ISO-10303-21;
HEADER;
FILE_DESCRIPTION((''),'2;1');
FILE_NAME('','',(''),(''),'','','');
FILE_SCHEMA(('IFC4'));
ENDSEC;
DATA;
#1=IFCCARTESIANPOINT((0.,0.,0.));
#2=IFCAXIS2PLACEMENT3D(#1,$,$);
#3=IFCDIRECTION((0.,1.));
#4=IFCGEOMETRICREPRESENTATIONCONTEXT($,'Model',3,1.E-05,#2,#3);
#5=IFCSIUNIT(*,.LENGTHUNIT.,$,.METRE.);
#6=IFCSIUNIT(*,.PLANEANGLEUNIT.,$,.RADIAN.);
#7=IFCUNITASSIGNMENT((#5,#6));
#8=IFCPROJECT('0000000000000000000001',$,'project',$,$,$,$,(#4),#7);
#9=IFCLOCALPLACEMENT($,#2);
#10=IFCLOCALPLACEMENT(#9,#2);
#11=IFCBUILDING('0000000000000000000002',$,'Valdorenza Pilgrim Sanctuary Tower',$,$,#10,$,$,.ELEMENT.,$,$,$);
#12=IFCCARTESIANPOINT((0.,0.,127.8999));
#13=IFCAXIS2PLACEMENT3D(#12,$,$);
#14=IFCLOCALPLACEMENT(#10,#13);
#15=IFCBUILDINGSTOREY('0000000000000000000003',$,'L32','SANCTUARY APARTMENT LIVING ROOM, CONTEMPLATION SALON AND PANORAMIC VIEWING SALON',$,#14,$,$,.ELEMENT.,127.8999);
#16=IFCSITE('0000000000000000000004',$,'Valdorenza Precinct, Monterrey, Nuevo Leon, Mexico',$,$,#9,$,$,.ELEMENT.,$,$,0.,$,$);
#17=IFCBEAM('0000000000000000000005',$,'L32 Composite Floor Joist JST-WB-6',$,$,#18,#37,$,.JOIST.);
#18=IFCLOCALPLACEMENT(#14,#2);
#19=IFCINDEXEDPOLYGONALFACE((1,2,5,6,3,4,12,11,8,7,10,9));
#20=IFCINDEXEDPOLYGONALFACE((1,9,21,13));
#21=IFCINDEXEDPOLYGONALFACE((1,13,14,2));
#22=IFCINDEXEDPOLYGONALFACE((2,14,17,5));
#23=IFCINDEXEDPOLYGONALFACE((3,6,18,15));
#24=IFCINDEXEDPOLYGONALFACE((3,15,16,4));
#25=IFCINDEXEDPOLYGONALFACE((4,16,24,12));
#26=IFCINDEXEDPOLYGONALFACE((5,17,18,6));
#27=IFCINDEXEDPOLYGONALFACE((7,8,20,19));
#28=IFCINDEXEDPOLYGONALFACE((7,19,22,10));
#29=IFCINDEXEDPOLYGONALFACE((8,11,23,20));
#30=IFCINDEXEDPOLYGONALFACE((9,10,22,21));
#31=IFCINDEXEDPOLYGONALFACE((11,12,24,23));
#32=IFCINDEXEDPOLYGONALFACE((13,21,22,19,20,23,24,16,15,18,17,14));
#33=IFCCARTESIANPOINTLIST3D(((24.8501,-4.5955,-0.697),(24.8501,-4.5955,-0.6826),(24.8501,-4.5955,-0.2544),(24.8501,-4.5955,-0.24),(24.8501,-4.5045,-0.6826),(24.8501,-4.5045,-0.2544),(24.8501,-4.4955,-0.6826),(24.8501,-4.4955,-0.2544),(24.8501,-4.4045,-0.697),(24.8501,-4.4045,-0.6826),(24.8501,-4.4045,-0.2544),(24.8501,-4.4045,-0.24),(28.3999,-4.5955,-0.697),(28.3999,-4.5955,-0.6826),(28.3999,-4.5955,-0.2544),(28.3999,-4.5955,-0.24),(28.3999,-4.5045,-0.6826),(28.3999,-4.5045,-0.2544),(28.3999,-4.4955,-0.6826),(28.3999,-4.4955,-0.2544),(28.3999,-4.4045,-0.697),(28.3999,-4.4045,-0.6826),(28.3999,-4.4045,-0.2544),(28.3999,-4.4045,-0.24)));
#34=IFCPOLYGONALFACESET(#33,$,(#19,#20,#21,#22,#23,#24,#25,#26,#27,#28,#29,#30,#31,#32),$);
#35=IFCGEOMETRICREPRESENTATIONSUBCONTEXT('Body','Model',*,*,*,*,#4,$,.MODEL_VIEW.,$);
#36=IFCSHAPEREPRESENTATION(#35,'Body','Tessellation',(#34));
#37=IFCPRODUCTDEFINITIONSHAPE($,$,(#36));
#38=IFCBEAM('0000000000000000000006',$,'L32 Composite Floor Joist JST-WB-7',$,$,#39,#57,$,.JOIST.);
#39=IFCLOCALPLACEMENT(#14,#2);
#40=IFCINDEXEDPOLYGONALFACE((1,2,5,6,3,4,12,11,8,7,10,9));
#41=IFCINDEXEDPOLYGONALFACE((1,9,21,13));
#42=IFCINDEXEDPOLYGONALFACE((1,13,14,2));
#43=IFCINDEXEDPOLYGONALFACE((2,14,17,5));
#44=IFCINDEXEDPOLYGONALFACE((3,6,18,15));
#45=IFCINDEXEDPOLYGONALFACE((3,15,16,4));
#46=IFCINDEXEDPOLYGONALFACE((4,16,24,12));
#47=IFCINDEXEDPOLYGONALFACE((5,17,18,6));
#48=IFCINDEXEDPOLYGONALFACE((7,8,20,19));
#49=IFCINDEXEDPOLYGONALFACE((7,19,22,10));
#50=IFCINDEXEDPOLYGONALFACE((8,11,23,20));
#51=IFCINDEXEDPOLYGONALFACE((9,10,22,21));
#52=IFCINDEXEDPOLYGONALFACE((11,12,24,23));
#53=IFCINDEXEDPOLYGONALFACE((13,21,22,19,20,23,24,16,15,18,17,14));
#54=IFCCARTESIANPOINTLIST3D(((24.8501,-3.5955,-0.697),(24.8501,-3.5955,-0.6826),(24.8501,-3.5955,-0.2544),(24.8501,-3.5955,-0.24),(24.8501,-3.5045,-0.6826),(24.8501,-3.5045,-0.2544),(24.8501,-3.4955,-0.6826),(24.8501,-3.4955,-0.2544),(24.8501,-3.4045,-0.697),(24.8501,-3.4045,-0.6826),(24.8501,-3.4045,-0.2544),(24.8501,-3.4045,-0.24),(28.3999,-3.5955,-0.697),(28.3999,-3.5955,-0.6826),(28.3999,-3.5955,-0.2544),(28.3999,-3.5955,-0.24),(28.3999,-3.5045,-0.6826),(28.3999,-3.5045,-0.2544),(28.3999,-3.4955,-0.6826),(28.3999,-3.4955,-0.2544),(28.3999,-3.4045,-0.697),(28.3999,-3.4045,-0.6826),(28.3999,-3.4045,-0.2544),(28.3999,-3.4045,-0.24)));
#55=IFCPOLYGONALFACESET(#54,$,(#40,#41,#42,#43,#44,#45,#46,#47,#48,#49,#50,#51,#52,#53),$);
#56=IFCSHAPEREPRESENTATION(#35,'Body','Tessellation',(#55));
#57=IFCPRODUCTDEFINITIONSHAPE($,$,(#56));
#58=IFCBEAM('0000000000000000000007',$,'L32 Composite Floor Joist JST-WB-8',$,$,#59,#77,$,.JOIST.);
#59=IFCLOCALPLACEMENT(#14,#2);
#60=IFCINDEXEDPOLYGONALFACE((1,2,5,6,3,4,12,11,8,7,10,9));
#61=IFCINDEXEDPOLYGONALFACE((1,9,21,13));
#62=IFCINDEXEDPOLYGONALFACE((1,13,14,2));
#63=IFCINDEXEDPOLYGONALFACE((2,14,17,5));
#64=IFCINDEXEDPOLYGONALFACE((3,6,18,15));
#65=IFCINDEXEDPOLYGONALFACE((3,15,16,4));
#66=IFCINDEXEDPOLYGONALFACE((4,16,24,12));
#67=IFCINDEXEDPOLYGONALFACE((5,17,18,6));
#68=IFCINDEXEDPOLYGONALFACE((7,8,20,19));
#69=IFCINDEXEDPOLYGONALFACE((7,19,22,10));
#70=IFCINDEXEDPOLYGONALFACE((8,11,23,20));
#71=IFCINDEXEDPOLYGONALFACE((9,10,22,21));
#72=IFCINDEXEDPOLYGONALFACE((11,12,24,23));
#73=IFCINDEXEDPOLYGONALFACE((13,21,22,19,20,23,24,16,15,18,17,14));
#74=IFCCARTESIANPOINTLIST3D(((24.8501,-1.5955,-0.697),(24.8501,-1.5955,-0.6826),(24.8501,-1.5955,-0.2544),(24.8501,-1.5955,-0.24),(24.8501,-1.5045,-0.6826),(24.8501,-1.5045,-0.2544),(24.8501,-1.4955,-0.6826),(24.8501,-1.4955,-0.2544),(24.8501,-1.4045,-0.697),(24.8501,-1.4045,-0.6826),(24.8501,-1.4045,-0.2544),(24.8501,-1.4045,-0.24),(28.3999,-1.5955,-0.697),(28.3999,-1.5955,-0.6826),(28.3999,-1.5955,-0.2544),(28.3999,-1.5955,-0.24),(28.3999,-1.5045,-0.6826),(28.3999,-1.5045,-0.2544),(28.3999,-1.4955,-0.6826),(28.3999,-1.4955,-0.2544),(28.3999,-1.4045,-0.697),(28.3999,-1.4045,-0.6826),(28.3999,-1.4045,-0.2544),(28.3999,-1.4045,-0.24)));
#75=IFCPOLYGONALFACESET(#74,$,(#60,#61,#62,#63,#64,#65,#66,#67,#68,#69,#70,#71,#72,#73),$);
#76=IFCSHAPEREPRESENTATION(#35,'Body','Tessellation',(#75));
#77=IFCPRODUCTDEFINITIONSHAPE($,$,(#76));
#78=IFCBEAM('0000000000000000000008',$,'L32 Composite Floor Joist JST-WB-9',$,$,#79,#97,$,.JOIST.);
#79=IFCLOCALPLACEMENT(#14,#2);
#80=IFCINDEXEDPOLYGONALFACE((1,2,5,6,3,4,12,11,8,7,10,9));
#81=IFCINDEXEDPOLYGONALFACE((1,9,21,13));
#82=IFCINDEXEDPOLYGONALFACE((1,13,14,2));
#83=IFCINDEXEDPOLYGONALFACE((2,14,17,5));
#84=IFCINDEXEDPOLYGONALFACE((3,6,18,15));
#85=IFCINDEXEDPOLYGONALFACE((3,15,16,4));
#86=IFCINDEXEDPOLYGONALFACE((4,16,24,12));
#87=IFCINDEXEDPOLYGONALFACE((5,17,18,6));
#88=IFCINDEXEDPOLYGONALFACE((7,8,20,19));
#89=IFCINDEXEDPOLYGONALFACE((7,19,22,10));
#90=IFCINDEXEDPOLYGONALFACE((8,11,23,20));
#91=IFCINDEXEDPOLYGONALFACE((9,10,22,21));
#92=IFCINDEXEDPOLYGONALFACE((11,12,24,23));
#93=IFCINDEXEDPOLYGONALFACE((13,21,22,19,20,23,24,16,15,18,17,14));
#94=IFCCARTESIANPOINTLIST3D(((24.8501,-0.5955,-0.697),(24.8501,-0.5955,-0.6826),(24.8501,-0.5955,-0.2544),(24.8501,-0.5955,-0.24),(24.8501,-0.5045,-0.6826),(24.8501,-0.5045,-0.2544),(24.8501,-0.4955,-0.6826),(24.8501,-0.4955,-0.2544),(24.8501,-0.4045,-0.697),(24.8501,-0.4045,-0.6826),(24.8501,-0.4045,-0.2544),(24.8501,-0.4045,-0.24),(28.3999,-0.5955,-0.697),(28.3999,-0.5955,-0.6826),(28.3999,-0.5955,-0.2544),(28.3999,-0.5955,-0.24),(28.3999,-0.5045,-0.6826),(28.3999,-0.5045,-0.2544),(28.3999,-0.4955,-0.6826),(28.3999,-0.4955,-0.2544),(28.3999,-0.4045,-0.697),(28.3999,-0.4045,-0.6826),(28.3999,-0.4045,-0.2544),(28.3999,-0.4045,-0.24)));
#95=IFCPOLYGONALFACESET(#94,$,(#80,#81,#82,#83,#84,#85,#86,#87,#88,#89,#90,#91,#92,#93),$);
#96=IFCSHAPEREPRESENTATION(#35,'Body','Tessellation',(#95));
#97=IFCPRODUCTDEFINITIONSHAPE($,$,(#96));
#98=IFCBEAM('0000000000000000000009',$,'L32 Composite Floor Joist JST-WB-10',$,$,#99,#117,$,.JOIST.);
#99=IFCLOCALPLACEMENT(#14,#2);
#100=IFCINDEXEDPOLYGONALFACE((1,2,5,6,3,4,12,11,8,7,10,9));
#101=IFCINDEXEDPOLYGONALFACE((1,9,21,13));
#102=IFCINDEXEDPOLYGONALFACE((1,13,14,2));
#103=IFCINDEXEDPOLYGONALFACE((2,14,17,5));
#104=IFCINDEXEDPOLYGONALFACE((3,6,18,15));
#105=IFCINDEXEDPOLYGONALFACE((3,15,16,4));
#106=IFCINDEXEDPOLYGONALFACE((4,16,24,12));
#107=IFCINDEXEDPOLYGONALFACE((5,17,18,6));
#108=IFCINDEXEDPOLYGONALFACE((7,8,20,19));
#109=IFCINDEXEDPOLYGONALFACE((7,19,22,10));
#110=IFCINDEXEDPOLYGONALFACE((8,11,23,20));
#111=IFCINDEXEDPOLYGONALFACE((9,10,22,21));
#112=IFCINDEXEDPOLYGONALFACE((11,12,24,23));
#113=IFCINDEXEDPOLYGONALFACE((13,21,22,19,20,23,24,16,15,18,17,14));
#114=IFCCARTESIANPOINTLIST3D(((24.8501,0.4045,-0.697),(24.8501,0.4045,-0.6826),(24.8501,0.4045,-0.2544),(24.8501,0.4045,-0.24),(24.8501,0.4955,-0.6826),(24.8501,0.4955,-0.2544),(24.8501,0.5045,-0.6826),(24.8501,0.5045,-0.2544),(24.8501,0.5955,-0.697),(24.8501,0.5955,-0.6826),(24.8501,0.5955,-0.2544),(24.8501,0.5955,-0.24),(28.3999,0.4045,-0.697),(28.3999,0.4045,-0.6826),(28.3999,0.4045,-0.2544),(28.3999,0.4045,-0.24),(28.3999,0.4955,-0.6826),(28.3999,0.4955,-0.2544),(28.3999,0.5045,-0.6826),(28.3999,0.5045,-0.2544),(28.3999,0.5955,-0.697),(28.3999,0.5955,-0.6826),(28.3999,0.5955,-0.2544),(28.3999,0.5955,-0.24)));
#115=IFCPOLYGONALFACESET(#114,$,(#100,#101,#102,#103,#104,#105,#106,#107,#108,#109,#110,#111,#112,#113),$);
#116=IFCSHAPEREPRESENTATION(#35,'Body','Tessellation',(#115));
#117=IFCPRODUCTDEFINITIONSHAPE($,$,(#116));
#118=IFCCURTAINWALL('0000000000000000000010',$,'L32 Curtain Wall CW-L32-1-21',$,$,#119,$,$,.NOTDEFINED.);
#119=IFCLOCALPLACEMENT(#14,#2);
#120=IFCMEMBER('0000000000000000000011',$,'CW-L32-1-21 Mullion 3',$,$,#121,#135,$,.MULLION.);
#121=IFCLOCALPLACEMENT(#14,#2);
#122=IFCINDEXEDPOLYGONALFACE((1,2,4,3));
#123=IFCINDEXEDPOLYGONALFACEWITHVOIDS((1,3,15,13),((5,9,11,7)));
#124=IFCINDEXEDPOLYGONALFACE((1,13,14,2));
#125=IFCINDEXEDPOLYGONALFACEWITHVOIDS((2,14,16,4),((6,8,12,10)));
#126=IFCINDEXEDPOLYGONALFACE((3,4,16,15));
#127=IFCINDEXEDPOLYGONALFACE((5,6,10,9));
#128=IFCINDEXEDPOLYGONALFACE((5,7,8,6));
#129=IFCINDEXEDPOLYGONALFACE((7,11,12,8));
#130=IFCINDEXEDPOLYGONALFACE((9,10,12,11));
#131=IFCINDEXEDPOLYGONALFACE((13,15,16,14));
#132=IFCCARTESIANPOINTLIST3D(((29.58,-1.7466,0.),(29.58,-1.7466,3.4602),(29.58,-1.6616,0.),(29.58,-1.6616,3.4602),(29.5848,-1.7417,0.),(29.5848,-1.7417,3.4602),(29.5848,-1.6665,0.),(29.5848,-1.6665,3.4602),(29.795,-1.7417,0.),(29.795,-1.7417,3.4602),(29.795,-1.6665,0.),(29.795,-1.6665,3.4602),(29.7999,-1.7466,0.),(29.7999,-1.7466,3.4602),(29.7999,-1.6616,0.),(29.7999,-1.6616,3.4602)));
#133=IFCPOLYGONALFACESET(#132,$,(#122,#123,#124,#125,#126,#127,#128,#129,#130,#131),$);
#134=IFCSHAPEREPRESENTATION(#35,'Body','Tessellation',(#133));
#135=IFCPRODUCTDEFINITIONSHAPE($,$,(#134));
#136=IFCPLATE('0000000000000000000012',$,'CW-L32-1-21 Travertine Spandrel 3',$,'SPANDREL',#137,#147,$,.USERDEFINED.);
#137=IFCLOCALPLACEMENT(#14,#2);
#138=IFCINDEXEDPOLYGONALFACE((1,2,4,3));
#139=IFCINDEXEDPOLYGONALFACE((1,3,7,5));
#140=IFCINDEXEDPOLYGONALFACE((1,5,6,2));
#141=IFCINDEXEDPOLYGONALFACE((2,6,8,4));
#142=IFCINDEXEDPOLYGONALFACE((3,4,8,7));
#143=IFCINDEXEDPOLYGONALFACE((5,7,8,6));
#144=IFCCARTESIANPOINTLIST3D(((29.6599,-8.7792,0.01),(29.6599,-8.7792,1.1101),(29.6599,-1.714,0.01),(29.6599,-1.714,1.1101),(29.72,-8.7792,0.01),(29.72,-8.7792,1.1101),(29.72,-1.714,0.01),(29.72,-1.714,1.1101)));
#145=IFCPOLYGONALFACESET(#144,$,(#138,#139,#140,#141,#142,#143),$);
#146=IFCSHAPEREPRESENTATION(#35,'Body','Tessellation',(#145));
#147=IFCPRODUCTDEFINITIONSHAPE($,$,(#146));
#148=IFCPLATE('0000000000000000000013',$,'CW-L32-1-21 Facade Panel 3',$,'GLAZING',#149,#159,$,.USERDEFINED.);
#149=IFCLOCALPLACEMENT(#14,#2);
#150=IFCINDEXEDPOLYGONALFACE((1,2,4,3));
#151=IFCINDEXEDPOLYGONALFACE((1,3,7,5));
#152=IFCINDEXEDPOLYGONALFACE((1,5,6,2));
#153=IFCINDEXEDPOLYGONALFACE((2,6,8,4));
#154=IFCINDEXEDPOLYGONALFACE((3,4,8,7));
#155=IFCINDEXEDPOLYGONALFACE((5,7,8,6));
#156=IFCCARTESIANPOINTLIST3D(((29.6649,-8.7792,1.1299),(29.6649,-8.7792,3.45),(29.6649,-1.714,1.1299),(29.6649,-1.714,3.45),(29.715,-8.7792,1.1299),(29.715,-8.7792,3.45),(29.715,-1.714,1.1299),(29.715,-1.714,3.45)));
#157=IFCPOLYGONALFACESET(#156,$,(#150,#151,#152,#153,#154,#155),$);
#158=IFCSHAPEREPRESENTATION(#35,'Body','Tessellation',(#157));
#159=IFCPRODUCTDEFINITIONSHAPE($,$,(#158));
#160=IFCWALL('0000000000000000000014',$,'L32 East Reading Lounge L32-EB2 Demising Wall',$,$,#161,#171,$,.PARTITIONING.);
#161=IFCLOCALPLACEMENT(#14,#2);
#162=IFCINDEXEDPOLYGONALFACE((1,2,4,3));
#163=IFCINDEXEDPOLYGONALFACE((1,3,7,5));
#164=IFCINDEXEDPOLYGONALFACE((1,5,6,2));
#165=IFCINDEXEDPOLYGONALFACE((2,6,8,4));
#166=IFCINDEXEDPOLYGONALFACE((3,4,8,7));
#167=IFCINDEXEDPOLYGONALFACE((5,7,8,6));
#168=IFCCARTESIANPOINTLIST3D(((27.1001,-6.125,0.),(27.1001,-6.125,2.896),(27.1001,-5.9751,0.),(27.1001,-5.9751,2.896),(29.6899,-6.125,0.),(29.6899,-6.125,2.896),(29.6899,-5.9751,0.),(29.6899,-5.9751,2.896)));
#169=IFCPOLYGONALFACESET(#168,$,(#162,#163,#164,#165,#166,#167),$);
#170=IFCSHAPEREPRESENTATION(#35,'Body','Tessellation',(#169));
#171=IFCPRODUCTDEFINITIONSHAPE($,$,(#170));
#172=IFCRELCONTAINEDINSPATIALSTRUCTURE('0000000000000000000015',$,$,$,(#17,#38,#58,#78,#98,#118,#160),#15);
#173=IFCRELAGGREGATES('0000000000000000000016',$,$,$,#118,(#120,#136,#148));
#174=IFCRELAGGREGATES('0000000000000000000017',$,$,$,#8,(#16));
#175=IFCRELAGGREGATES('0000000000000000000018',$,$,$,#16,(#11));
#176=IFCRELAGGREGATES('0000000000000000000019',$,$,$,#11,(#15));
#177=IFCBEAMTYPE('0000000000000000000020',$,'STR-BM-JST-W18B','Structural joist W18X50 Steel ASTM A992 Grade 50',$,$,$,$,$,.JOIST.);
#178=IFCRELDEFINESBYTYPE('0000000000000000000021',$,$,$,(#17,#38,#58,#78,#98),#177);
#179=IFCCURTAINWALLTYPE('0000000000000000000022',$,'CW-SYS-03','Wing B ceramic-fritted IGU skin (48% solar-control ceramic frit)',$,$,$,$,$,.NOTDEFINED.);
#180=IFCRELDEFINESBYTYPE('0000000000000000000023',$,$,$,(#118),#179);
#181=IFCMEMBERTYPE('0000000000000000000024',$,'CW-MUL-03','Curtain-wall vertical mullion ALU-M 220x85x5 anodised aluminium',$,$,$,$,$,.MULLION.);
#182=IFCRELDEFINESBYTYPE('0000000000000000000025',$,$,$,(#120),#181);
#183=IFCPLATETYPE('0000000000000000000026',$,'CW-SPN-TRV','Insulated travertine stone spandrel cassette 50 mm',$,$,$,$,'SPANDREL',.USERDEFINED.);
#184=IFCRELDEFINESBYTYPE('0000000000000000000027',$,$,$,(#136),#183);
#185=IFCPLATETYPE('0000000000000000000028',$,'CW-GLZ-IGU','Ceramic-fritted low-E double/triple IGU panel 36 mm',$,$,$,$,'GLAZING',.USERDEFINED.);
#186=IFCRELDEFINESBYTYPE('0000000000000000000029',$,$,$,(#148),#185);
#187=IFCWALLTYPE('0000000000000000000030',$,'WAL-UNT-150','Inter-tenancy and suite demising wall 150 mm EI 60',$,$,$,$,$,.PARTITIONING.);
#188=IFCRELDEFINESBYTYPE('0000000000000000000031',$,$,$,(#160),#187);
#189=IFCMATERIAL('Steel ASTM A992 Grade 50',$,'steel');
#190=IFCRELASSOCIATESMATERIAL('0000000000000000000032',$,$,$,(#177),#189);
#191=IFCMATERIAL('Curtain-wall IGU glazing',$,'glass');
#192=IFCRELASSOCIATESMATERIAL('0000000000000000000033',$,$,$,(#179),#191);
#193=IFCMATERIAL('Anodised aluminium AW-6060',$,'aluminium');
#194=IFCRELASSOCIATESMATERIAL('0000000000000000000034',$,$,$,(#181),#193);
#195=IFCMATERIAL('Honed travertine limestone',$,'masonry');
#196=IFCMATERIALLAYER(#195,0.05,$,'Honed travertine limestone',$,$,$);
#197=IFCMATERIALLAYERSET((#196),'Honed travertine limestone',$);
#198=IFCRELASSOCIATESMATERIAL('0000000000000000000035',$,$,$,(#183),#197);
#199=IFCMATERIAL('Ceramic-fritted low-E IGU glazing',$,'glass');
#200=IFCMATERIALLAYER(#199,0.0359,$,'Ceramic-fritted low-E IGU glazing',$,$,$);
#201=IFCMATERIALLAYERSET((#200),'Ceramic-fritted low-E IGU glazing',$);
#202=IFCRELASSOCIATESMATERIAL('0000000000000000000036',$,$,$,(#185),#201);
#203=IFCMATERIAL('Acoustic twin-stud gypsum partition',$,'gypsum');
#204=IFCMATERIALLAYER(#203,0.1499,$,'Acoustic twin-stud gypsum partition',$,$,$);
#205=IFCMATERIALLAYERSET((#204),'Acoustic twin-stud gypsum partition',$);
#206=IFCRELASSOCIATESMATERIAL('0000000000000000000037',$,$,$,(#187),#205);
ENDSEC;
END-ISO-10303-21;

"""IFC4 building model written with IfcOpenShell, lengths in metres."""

from ifc_helpers import new_model, si_unit, direction, frame, frame_2d, origin, origin_2d, place, context, subcontext, project, spatial, rectangle, hollow_rectangle, i_section, extrude, source, transform, mapped, material, layer, layer_set, material_profile, profile_set, type_object, element, aggregate, save


model = new_model("IFC4")

# Units and contexts
model_context = context("Model", 3, precision=1e-05, world=origin(), true_north=direction((0.0, 1.0)))
body_context = subcontext(model_context, "Body", "Model", "MODEL_VIEW")
ifc_project = project(units=[si_unit("LENGTHUNIT", "METRE"), si_unit("PLANEANGLEUNIT", "RADIAN")], contexts=[model_context])

# Site, building, storey
site_placement = place(None, origin())
site = spatial("IfcSite", under=ifc_project, at=site_placement, Name="Valdorenza Precinct, Monterrey, Nuevo Leon, Mexico", CompositionType="ELEMENT", RefElevation=0.0)
building_placement = place(site_placement, origin())
building = spatial("IfcBuilding", under=site, at=building_placement, Name="Valdorenza Pilgrim Sanctuary Tower", CompositionType="ELEMENT")
storey_placement = place(building_placement, frame((0.0, 0.0, 127.8999)))
storey = spatial("IfcBuildingStorey", under=building, at=storey_placement, Name="L32", Description="SANCTUARY APARTMENT LIVING ROOM, CONTEMPLATION SALON AND PANORAMIC VIEWING SALON", CompositionType="ELEMENT", Elevation=127.8999)

# Shared definitions
ifc_material_1 = material(Name="Steel ASTM A992 Grade 50", Category="steel")

# Beams
ifc_material_profile_1 = material_profile(ifc_material_1, i_section(OverallWidth=0.1909, OverallDepth=0.457, WebThickness=0.009, FlangeThickness=0.0144, at=origin_2d()), Name="W18X50")
ifc_profile_set_1 = profile_set([ifc_material_profile_1], Name="Steel ASTM A992 Grade 50")
beam_type_1 = type_object("IfcBeamType", Name="STR-BM-JST-W18B", Description="Structural joist W18X50 Steel ASTM A992 Grade 50", PredefinedType="JOIST", material=ifc_profile_set_1)
shared_shape_1 = source(origin(), body_context, "Body", "SweptSolid", [
    extrude(i_section(OverallWidth=0.1909, OverallDepth=0.457, WebThickness=0.009, FlangeThickness=0.0144, at=origin_2d()), origin(), (0.0, 0.0, 1.0), 3.5498),
])
for number, where, z_axis, x_axis, name in (
    (1, (24.8501, -4.5, -0.4685), (1.0, 0.0, 0.0), (0.0, 1.0, 0.0), "L32 Composite Floor Joist JST-WB-6"),
    (2, (24.8501, -3.5, -0.4685), (1.0, 0.0, 0.0), (0.0, 1.0, 0.0), "L32 Composite Floor Joist JST-WB-7"),
    (3, (24.8501, -1.5, -0.4685), (1.0, 0.0, 0.0), (0.0, 1.0, 0.0), "L32 Composite Floor Joist JST-WB-8"),
    (4, (24.8501, -0.5, -0.4685), (1.0, 0.0, 0.0), (0.0, 1.0, 0.0), "L32 Composite Floor Joist JST-WB-9"),
    (5, (24.8501, 0.5, -0.4685), (1.0, 0.0, 0.0), (0.0, 1.0, 0.0), "L32 Composite Floor Joist JST-WB-10"),
):
    element("IfcBeam", number, at=place(storey_placement, frame(where, z_axis=z_axis, x_axis=x_axis)), inside=storey, type_object=beam_type_1, Name=name, PredefinedType="JOIST", context=body_context, shape_type="MappedRepresentation", body=[
        mapped(shared_shape_1, transform((0.0, 0.0, 0.0), x_axis=(1.0, 0.0, 0.0), y_axis=(0.0, 1.0, 0.0), z_axis=(0.0, 0.0, 1.0), scale=1.0)),
    ])

# Curtain wall, member, plates
ifc_material_2 = material(Name="Curtain-wall IGU glazing", Category="glass")
curtain_wall_type = type_object("IfcCurtainWallType", Name="CW-SYS-03", Description="Wing B ceramic-fritted IGU skin (48% solar-control ceramic frit)", PredefinedType="NOTDEFINED", material=ifc_material_2)
curtain_wall_placement = place(storey_placement, origin())
curtain_wall = element("IfcCurtainWall", 6, at=curtain_wall_placement, inside=storey, type_object=curtain_wall_type, Name="L32 Curtain Wall CW-L32-1-21", PredefinedType="NOTDEFINED")
ifc_material_3 = material(Name="Anodised aluminium AW-6060", Category="aluminium")
ifc_material_profile_2 = material_profile(ifc_material_3, hollow_rectangle(XDim=0.085, YDim=0.22, WallThickness=0.0049, at=origin_2d()), Name="ALU-M 220x85x5")
ifc_profile_set_2 = profile_set([ifc_material_profile_2], Name="Anodised aluminium AW-6060")
member_type = type_object("IfcMemberType", Name="CW-MUL-03", Description="Curtain-wall vertical mullion ALU-M 220x85x5 anodised aluminium", PredefinedType="MULLION", material=ifc_profile_set_2)
shared_shape_2 = source(origin(), body_context, "Body", "SweptSolid", [
    extrude(hollow_rectangle(XDim=0.085, YDim=0.22, WallThickness=0.0049, at=origin_2d()), origin(), (0.0, 0.0, 1.0), 3.4602),
])
member_placement = place(storey_placement, frame((29.6899, -1.7041, 0.0), z_axis=(0.0, 0.0, 1.0), x_axis=(0.0, -1.0, 0.0)))
member = element("IfcMember", 7, at=member_placement, type_object=member_type, Name="CW-L32-1-21 Mullion 3", PredefinedType="MULLION", context=body_context, shape_type="MappedRepresentation", body=[
    mapped(shared_shape_2, transform((0.0, 0.0, 0.0), x_axis=(1.0, 0.0, 0.0), y_axis=(0.0, 1.0, 0.0), z_axis=(0.0, 0.0, 1.0), scale=1.0)),
])
ifc_material_4 = material(Name="Honed travertine limestone", Category="masonry")
ifc_layer_1 = layer(ifc_material_4, 0.05, Name="Honed travertine limestone")
ifc_layer_set_1 = layer_set([ifc_layer_1], Name="Honed travertine limestone")
plate_type_1 = type_object("IfcPlateType", Name="CW-SPN-TRV", Description="Insulated travertine stone spandrel cassette 50 mm", ElementType="SPANDREL", PredefinedType="USERDEFINED", material=ifc_layer_set_1)
shared_shape_3 = source(origin(), body_context, "Body", "SweptSolid", [
    extrude(rectangle(XDim=7.0652, YDim=0.0601, at=origin_2d()), origin(), (0.0, 0.0, 1.0), 1.1001),
])
plate_1_placement = place(storey_placement, frame((29.6899, -5.2466, 0.01), z_axis=(0.0, 0.0, 1.0), x_axis=(0.0, -1.0, 0.0)))
plate_1 = element("IfcPlate", 8, at=plate_1_placement, type_object=plate_type_1, Name="CW-L32-1-21 Travertine Spandrel 3", ObjectType="SPANDREL", PredefinedType="USERDEFINED", context=body_context, shape_type="MappedRepresentation", body=[
    mapped(shared_shape_3, transform((0.0, 0.0, 0.0), x_axis=(1.0, 0.0, 0.0), y_axis=(0.0, 1.0, 0.0), z_axis=(0.0, 0.0, 1.0), scale=1.0)),
])
ifc_material_5 = material(Name="Ceramic-fritted low-E IGU glazing", Category="glass")
ifc_layer_2 = layer(ifc_material_5, 0.0359, Name="Ceramic-fritted low-E IGU glazing")
ifc_layer_set_2 = layer_set([ifc_layer_2], Name="Ceramic-fritted low-E IGU glazing")
plate_type_2 = type_object("IfcPlateType", Name="CW-GLZ-IGU", Description="Ceramic-fritted low-E double/triple IGU panel 36 mm", ElementType="GLAZING", PredefinedType="USERDEFINED", material=ifc_layer_set_2)
shared_shape_4 = source(origin(), body_context, "Body", "SweptSolid", [
    extrude(rectangle(XDim=7.0652, YDim=0.05, at=origin_2d()), origin(), (0.0, 0.0, 1.0), 2.3201),
])
plate_2_placement = place(storey_placement, frame((29.6899, -5.2466, 1.1299), z_axis=(0.0, 0.0, 1.0), x_axis=(0.0, -1.0, 0.0)))
plate_2 = element("IfcPlate", 9, at=plate_2_placement, type_object=plate_type_2, Name="CW-L32-1-21 Facade Panel 3", ObjectType="GLAZING", PredefinedType="USERDEFINED", context=body_context, shape_type="MappedRepresentation", body=[
    mapped(shared_shape_4, transform((0.0, 0.0, 0.0), x_axis=(1.0, 0.0, 0.0), y_axis=(0.0, 1.0, 0.0), z_axis=(0.0, 0.0, 1.0), scale=1.0)),
])
aggregate(curtain_wall, [member, plate_1, plate_2])

# Wall
ifc_material_6 = material(Name="Acoustic twin-stud gypsum partition", Category="gypsum")
ifc_layer_3 = layer(ifc_material_6, 0.1499, Name="Acoustic twin-stud gypsum partition")
ifc_layer_set_3 = layer_set([ifc_layer_3], Name="Acoustic twin-stud gypsum partition")
wall_type = type_object("IfcWallType", Name="WAL-UNT-150", Description="Inter-tenancy and suite demising wall 150 mm EI 60", PredefinedType="PARTITIONING", material=ifc_layer_set_3)
wall_placement = place(storey_placement, frame((27.1001, -6.05, 0.0), z_axis=(0.0, 0.0, 1.0), x_axis=(1.0, 0.0, 0.0)))
element("IfcWall", 10, at=wall_placement, inside=storey, type_object=wall_type, Name="L32 East Reading Lounge L32-EB2 Demising Wall", PredefinedType="PARTITIONING", context=body_context, shape_type="SweptSolid", body=[
    extrude(rectangle(XDim=2.5898, YDim=0.1499, at=frame_2d((1.2949, 0.0))), origin(), (0.0, 0.0, 1.0), 2.896),
])

save(model, "model.ifc")
